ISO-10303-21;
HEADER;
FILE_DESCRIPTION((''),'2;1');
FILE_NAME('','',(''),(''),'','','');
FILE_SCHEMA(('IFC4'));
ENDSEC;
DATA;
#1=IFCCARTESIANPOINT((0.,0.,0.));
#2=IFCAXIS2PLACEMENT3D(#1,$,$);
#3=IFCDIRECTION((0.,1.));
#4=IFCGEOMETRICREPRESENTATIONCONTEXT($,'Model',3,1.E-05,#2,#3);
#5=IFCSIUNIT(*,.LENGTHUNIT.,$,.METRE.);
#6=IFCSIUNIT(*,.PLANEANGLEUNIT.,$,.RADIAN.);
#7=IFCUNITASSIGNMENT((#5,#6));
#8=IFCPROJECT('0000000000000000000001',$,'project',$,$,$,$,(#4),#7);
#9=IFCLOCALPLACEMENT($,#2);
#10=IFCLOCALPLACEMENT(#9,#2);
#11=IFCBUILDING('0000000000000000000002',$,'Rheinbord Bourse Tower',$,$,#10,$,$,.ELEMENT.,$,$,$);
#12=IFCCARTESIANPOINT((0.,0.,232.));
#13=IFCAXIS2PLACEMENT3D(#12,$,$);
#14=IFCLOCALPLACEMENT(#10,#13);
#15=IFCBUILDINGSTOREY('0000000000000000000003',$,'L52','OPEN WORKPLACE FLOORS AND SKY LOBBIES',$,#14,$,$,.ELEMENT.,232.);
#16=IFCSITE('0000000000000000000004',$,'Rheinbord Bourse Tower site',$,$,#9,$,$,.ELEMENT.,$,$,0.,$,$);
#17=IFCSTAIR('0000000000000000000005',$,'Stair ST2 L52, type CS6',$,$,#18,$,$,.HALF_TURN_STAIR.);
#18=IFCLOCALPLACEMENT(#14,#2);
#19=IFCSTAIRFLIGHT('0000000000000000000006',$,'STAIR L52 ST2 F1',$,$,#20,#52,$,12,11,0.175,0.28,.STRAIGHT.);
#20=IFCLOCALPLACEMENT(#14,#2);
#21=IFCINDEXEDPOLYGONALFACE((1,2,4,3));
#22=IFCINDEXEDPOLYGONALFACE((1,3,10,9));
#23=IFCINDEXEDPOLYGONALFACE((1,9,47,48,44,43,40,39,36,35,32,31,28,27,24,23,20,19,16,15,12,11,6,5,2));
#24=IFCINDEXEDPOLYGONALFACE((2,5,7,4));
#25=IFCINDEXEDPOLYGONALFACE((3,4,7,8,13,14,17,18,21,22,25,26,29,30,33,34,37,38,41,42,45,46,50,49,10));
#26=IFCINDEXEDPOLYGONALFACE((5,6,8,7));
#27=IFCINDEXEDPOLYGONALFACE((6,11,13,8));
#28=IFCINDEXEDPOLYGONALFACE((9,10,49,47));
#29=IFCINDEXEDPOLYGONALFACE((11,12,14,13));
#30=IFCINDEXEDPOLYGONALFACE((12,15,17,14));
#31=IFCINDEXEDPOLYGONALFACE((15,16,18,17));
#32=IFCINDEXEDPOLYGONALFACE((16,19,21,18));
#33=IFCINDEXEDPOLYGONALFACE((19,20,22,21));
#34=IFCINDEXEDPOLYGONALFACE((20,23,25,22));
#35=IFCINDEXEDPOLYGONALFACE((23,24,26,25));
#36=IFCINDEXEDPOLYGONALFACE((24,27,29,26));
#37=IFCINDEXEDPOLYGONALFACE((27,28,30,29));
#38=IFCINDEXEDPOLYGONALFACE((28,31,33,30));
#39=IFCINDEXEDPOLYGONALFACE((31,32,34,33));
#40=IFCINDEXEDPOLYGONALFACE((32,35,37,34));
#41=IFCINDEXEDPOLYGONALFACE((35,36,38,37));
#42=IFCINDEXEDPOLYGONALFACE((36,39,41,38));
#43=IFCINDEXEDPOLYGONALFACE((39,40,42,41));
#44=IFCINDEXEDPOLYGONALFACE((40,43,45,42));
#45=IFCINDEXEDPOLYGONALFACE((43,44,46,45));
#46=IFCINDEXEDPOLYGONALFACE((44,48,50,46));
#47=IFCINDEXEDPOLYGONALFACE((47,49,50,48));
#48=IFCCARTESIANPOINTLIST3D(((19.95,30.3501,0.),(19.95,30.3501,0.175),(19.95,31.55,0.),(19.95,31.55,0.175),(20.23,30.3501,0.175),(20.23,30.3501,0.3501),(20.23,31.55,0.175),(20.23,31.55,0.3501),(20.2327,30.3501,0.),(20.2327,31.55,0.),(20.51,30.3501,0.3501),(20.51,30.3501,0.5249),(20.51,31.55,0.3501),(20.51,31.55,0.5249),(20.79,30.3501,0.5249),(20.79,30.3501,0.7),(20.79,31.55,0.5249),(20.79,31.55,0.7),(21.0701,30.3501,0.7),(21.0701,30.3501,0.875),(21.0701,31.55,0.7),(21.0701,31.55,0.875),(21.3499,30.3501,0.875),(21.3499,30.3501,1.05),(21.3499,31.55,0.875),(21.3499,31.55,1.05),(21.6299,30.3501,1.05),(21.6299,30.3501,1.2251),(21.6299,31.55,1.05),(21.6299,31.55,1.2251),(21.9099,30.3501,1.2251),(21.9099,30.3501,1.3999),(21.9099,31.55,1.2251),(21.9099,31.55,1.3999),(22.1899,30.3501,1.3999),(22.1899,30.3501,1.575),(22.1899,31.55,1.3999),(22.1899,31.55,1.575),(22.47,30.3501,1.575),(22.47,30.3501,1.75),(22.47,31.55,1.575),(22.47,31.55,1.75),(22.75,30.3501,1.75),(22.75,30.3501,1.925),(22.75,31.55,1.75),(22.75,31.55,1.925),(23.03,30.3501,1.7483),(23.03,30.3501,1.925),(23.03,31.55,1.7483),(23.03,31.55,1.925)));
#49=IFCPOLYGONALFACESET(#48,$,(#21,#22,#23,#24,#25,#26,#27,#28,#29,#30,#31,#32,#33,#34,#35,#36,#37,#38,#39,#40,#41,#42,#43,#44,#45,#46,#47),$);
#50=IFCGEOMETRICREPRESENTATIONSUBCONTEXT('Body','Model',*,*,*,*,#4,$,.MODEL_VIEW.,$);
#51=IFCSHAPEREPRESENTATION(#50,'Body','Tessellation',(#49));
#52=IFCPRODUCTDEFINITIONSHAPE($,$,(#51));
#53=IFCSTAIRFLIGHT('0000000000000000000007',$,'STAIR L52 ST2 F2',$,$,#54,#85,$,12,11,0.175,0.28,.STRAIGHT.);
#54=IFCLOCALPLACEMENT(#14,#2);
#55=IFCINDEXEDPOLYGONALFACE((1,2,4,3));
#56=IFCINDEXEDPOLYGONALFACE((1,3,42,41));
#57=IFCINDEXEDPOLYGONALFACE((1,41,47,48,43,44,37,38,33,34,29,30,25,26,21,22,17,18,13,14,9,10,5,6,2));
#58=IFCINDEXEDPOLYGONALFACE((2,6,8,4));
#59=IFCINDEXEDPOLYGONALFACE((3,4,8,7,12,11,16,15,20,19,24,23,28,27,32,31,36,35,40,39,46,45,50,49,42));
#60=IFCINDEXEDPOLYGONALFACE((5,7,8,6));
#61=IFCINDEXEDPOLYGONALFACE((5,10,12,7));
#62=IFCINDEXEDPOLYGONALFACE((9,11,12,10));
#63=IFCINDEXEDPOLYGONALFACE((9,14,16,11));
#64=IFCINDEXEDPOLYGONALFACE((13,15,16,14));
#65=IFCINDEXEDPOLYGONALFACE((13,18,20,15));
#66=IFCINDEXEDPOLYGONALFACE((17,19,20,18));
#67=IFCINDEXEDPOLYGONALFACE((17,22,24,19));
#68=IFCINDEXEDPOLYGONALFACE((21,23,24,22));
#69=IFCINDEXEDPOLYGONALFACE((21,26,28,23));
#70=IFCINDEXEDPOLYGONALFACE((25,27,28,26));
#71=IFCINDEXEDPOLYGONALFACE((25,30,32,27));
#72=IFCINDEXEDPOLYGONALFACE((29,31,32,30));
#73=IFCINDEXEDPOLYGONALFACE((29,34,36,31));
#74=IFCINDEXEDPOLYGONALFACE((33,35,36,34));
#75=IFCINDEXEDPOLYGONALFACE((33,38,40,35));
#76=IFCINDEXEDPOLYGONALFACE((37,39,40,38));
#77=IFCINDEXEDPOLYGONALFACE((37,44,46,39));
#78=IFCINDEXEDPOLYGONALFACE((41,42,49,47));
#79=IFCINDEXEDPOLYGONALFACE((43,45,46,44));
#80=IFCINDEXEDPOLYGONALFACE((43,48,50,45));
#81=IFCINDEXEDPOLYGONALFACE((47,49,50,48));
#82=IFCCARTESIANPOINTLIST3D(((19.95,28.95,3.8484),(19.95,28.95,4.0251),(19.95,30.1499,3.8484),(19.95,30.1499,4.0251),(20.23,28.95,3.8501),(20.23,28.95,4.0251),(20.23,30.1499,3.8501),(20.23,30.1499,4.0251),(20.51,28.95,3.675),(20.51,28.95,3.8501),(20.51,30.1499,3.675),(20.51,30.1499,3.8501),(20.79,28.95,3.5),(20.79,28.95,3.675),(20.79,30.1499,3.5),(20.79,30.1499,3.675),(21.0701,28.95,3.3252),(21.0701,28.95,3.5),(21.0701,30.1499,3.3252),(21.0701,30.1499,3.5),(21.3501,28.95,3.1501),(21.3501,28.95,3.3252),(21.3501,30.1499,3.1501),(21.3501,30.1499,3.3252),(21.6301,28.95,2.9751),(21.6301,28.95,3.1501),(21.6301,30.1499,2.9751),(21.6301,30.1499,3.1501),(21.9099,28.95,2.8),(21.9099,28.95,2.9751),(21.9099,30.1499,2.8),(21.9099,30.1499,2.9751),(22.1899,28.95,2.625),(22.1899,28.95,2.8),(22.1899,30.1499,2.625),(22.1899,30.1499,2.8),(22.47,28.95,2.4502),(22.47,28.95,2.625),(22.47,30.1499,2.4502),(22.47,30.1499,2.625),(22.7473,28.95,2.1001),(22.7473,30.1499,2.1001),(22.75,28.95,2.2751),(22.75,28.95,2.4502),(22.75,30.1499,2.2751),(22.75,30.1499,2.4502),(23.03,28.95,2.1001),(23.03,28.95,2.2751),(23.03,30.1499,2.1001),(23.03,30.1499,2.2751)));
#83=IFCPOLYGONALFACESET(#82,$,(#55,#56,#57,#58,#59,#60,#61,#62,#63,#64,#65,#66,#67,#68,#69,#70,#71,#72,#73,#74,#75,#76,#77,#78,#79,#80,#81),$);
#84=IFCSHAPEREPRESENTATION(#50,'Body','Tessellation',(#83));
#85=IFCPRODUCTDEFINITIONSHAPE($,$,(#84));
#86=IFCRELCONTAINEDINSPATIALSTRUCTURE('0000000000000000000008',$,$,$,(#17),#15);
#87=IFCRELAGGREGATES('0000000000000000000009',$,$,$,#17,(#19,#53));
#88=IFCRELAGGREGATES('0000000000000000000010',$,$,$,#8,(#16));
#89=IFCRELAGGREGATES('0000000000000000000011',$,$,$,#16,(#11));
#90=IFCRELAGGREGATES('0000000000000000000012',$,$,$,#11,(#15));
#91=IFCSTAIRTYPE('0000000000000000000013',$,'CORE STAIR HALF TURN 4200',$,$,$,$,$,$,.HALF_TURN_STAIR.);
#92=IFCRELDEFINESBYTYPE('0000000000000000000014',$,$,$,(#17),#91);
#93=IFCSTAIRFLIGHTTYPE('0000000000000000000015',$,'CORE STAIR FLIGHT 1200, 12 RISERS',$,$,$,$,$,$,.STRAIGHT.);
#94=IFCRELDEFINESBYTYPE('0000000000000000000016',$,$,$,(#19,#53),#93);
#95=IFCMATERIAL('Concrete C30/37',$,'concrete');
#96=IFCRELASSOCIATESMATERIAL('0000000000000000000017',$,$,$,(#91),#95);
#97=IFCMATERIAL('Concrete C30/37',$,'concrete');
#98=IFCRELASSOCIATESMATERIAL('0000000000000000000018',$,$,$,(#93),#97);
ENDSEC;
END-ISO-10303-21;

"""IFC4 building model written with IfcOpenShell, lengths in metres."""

from ifc_helpers import new_model, si_unit, direction, frame, origin, place, context, subcontext, project, spatial, polyline, outline, extrude, material, type_object, element, aggregate, save


model = new_model("IFC4")

# Units and contexts
model_context = context("Model", 3, precision=1e-05, world=origin(), true_north=direction((0.0, 1.0)))
body_context = subcontext(model_context, "Body", "Model", "MODEL_VIEW")
ifc_project = project(units=[si_unit("LENGTHUNIT", "METRE"), si_unit("PLANEANGLEUNIT", "RADIAN")], contexts=[model_context])

# Site, building, storey
site_placement = place(None, origin())
site = spatial("IfcSite", under=ifc_project, at=site_placement, Name="Rheinbord Bourse Tower site", CompositionType="ELEMENT", RefElevation=0.0)
building_placement = place(site_placement, origin())
building = spatial("IfcBuilding", under=site, at=building_placement, Name="Rheinbord Bourse Tower", CompositionType="ELEMENT")
storey_placement = place(building_placement, frame((0.0, 0.0, 232.0)))
storey = spatial("IfcBuildingStorey", under=building, at=storey_placement, Name="L52", Description="OPEN WORKPLACE FLOORS AND SKY LOBBIES", CompositionType="ELEMENT", Elevation=232.0)

# Stair, stair flights
ifc_material_1 = material(Name="Concrete C30/37", Category="concrete")
stair_type = type_object("IfcStairType", Name="CORE STAIR HALF TURN 4200", PredefinedType="HALF_TURN_STAIR", material=ifc_material_1)
stair_placement = place(storey_placement, origin())
stair = element("IfcStair", 1, at=stair_placement, inside=storey, type_object=stair_type, Name="Stair ST2 L52, type CS6", PredefinedType="HALF_TURN_STAIR")
ifc_material_2 = material(Name="Concrete C30/37", Category="concrete")
stair_flight_type = type_object("IfcStairFlightType", Name="CORE STAIR FLIGHT 1200, 12 RISERS", PredefinedType="STRAIGHT", material=ifc_material_2)
stair_flight_1_placement = place(storey_placement, frame((19.95, 30.95, 0.0), z_axis=(0.0, 0.0, 1.0), x_axis=(1.0, 0.0, 0.0)))
stair_flight_1 = element("IfcStairFlight", 2, at=stair_flight_1_placement, type_object=stair_flight_type, Name="STAIR L52 ST2 F1", NumberOfRisers=12, NumberOfTreads=11, PredefinedType="STRAIGHT", RiserHeight=0.175, TreadLength=0.28, context=body_context, shape_type="SweptSolid", body=[
    extrude(outline(polyline([(0.0, 0.0), (0.0, 0.175), (0.28, 0.175), (0.28, 0.3501), (0.5601, 0.3501), (0.5601, 0.5249), (0.8401, 0.5249), (0.8401, 0.7), (1.1201, 0.7), (1.1201, 0.875), (1.3999, 0.875), (1.3999, 1.05), (1.6799, 1.05), (1.6799, 1.2251), (1.96, 1.2251), (1.96, 1.3999), (2.24, 1.3999), (2.24, 1.575), (2.52, 1.575), (2.52, 1.75), (2.8, 1.75), (2.8, 1.925), (3.0801, 1.925), (3.0801, 2.1001), (3.0801, 1.7483), (0.2827, 0.0), (0.0, 0.0)])), frame((0.0, 0.6001, 0.0), z_axis=(0.0, -1.0, 0.0), x_axis=(1.0, 0.0, 0.0)), (0.0, 0.0, 1.0), 1.2),
])
stair_flight_2_placement = place(storey_placement, frame((23.03, 29.55, 2.1001), z_axis=(0.0, 0.0, 1.0), x_axis=(-1.0, 0.0, 0.0)))
stair_flight_2 = element("IfcStairFlight", 3, at=stair_flight_2_placement, type_object=stair_flight_type, Name="STAIR L52 ST2 F2", NumberOfRisers=12, NumberOfTreads=11, PredefinedType="STRAIGHT", RiserHeight=0.175, TreadLength=0.28, context=body_context, shape_type="SweptSolid", body=[
    extrude(outline(polyline([(0.0, 0.0), (0.0, 0.175), (0.28, 0.175), (0.28, 0.3501), (0.5601, 0.3501), (0.5601, 0.5249), (0.8401, 0.5249), (0.8401, 0.7), (1.1201, 0.7), (1.1201, 0.875), (1.3999, 0.875), (1.3999, 1.05), (1.6799, 1.05), (1.6799, 1.2251), (1.96, 1.2251), (1.96, 1.3999), (2.24, 1.3999), (2.24, 1.575), (2.52, 1.575), (2.52, 1.75), (2.8, 1.75), (2.8, 1.925), (3.0801, 1.925), (3.0801, 2.1001), (3.0801, 1.7483), (0.2827, 0.0), (0.0, 0.0)])), frame((0.0, 0.6001, 0.0), z_axis=(0.0, -1.0, 0.0), x_axis=(1.0, 0.0, 0.0)), (0.0, 0.0, 1.0), 1.2),
])
aggregate(stair, [stair_flight_1, stair_flight_2])

save(model, "model.ifc")
